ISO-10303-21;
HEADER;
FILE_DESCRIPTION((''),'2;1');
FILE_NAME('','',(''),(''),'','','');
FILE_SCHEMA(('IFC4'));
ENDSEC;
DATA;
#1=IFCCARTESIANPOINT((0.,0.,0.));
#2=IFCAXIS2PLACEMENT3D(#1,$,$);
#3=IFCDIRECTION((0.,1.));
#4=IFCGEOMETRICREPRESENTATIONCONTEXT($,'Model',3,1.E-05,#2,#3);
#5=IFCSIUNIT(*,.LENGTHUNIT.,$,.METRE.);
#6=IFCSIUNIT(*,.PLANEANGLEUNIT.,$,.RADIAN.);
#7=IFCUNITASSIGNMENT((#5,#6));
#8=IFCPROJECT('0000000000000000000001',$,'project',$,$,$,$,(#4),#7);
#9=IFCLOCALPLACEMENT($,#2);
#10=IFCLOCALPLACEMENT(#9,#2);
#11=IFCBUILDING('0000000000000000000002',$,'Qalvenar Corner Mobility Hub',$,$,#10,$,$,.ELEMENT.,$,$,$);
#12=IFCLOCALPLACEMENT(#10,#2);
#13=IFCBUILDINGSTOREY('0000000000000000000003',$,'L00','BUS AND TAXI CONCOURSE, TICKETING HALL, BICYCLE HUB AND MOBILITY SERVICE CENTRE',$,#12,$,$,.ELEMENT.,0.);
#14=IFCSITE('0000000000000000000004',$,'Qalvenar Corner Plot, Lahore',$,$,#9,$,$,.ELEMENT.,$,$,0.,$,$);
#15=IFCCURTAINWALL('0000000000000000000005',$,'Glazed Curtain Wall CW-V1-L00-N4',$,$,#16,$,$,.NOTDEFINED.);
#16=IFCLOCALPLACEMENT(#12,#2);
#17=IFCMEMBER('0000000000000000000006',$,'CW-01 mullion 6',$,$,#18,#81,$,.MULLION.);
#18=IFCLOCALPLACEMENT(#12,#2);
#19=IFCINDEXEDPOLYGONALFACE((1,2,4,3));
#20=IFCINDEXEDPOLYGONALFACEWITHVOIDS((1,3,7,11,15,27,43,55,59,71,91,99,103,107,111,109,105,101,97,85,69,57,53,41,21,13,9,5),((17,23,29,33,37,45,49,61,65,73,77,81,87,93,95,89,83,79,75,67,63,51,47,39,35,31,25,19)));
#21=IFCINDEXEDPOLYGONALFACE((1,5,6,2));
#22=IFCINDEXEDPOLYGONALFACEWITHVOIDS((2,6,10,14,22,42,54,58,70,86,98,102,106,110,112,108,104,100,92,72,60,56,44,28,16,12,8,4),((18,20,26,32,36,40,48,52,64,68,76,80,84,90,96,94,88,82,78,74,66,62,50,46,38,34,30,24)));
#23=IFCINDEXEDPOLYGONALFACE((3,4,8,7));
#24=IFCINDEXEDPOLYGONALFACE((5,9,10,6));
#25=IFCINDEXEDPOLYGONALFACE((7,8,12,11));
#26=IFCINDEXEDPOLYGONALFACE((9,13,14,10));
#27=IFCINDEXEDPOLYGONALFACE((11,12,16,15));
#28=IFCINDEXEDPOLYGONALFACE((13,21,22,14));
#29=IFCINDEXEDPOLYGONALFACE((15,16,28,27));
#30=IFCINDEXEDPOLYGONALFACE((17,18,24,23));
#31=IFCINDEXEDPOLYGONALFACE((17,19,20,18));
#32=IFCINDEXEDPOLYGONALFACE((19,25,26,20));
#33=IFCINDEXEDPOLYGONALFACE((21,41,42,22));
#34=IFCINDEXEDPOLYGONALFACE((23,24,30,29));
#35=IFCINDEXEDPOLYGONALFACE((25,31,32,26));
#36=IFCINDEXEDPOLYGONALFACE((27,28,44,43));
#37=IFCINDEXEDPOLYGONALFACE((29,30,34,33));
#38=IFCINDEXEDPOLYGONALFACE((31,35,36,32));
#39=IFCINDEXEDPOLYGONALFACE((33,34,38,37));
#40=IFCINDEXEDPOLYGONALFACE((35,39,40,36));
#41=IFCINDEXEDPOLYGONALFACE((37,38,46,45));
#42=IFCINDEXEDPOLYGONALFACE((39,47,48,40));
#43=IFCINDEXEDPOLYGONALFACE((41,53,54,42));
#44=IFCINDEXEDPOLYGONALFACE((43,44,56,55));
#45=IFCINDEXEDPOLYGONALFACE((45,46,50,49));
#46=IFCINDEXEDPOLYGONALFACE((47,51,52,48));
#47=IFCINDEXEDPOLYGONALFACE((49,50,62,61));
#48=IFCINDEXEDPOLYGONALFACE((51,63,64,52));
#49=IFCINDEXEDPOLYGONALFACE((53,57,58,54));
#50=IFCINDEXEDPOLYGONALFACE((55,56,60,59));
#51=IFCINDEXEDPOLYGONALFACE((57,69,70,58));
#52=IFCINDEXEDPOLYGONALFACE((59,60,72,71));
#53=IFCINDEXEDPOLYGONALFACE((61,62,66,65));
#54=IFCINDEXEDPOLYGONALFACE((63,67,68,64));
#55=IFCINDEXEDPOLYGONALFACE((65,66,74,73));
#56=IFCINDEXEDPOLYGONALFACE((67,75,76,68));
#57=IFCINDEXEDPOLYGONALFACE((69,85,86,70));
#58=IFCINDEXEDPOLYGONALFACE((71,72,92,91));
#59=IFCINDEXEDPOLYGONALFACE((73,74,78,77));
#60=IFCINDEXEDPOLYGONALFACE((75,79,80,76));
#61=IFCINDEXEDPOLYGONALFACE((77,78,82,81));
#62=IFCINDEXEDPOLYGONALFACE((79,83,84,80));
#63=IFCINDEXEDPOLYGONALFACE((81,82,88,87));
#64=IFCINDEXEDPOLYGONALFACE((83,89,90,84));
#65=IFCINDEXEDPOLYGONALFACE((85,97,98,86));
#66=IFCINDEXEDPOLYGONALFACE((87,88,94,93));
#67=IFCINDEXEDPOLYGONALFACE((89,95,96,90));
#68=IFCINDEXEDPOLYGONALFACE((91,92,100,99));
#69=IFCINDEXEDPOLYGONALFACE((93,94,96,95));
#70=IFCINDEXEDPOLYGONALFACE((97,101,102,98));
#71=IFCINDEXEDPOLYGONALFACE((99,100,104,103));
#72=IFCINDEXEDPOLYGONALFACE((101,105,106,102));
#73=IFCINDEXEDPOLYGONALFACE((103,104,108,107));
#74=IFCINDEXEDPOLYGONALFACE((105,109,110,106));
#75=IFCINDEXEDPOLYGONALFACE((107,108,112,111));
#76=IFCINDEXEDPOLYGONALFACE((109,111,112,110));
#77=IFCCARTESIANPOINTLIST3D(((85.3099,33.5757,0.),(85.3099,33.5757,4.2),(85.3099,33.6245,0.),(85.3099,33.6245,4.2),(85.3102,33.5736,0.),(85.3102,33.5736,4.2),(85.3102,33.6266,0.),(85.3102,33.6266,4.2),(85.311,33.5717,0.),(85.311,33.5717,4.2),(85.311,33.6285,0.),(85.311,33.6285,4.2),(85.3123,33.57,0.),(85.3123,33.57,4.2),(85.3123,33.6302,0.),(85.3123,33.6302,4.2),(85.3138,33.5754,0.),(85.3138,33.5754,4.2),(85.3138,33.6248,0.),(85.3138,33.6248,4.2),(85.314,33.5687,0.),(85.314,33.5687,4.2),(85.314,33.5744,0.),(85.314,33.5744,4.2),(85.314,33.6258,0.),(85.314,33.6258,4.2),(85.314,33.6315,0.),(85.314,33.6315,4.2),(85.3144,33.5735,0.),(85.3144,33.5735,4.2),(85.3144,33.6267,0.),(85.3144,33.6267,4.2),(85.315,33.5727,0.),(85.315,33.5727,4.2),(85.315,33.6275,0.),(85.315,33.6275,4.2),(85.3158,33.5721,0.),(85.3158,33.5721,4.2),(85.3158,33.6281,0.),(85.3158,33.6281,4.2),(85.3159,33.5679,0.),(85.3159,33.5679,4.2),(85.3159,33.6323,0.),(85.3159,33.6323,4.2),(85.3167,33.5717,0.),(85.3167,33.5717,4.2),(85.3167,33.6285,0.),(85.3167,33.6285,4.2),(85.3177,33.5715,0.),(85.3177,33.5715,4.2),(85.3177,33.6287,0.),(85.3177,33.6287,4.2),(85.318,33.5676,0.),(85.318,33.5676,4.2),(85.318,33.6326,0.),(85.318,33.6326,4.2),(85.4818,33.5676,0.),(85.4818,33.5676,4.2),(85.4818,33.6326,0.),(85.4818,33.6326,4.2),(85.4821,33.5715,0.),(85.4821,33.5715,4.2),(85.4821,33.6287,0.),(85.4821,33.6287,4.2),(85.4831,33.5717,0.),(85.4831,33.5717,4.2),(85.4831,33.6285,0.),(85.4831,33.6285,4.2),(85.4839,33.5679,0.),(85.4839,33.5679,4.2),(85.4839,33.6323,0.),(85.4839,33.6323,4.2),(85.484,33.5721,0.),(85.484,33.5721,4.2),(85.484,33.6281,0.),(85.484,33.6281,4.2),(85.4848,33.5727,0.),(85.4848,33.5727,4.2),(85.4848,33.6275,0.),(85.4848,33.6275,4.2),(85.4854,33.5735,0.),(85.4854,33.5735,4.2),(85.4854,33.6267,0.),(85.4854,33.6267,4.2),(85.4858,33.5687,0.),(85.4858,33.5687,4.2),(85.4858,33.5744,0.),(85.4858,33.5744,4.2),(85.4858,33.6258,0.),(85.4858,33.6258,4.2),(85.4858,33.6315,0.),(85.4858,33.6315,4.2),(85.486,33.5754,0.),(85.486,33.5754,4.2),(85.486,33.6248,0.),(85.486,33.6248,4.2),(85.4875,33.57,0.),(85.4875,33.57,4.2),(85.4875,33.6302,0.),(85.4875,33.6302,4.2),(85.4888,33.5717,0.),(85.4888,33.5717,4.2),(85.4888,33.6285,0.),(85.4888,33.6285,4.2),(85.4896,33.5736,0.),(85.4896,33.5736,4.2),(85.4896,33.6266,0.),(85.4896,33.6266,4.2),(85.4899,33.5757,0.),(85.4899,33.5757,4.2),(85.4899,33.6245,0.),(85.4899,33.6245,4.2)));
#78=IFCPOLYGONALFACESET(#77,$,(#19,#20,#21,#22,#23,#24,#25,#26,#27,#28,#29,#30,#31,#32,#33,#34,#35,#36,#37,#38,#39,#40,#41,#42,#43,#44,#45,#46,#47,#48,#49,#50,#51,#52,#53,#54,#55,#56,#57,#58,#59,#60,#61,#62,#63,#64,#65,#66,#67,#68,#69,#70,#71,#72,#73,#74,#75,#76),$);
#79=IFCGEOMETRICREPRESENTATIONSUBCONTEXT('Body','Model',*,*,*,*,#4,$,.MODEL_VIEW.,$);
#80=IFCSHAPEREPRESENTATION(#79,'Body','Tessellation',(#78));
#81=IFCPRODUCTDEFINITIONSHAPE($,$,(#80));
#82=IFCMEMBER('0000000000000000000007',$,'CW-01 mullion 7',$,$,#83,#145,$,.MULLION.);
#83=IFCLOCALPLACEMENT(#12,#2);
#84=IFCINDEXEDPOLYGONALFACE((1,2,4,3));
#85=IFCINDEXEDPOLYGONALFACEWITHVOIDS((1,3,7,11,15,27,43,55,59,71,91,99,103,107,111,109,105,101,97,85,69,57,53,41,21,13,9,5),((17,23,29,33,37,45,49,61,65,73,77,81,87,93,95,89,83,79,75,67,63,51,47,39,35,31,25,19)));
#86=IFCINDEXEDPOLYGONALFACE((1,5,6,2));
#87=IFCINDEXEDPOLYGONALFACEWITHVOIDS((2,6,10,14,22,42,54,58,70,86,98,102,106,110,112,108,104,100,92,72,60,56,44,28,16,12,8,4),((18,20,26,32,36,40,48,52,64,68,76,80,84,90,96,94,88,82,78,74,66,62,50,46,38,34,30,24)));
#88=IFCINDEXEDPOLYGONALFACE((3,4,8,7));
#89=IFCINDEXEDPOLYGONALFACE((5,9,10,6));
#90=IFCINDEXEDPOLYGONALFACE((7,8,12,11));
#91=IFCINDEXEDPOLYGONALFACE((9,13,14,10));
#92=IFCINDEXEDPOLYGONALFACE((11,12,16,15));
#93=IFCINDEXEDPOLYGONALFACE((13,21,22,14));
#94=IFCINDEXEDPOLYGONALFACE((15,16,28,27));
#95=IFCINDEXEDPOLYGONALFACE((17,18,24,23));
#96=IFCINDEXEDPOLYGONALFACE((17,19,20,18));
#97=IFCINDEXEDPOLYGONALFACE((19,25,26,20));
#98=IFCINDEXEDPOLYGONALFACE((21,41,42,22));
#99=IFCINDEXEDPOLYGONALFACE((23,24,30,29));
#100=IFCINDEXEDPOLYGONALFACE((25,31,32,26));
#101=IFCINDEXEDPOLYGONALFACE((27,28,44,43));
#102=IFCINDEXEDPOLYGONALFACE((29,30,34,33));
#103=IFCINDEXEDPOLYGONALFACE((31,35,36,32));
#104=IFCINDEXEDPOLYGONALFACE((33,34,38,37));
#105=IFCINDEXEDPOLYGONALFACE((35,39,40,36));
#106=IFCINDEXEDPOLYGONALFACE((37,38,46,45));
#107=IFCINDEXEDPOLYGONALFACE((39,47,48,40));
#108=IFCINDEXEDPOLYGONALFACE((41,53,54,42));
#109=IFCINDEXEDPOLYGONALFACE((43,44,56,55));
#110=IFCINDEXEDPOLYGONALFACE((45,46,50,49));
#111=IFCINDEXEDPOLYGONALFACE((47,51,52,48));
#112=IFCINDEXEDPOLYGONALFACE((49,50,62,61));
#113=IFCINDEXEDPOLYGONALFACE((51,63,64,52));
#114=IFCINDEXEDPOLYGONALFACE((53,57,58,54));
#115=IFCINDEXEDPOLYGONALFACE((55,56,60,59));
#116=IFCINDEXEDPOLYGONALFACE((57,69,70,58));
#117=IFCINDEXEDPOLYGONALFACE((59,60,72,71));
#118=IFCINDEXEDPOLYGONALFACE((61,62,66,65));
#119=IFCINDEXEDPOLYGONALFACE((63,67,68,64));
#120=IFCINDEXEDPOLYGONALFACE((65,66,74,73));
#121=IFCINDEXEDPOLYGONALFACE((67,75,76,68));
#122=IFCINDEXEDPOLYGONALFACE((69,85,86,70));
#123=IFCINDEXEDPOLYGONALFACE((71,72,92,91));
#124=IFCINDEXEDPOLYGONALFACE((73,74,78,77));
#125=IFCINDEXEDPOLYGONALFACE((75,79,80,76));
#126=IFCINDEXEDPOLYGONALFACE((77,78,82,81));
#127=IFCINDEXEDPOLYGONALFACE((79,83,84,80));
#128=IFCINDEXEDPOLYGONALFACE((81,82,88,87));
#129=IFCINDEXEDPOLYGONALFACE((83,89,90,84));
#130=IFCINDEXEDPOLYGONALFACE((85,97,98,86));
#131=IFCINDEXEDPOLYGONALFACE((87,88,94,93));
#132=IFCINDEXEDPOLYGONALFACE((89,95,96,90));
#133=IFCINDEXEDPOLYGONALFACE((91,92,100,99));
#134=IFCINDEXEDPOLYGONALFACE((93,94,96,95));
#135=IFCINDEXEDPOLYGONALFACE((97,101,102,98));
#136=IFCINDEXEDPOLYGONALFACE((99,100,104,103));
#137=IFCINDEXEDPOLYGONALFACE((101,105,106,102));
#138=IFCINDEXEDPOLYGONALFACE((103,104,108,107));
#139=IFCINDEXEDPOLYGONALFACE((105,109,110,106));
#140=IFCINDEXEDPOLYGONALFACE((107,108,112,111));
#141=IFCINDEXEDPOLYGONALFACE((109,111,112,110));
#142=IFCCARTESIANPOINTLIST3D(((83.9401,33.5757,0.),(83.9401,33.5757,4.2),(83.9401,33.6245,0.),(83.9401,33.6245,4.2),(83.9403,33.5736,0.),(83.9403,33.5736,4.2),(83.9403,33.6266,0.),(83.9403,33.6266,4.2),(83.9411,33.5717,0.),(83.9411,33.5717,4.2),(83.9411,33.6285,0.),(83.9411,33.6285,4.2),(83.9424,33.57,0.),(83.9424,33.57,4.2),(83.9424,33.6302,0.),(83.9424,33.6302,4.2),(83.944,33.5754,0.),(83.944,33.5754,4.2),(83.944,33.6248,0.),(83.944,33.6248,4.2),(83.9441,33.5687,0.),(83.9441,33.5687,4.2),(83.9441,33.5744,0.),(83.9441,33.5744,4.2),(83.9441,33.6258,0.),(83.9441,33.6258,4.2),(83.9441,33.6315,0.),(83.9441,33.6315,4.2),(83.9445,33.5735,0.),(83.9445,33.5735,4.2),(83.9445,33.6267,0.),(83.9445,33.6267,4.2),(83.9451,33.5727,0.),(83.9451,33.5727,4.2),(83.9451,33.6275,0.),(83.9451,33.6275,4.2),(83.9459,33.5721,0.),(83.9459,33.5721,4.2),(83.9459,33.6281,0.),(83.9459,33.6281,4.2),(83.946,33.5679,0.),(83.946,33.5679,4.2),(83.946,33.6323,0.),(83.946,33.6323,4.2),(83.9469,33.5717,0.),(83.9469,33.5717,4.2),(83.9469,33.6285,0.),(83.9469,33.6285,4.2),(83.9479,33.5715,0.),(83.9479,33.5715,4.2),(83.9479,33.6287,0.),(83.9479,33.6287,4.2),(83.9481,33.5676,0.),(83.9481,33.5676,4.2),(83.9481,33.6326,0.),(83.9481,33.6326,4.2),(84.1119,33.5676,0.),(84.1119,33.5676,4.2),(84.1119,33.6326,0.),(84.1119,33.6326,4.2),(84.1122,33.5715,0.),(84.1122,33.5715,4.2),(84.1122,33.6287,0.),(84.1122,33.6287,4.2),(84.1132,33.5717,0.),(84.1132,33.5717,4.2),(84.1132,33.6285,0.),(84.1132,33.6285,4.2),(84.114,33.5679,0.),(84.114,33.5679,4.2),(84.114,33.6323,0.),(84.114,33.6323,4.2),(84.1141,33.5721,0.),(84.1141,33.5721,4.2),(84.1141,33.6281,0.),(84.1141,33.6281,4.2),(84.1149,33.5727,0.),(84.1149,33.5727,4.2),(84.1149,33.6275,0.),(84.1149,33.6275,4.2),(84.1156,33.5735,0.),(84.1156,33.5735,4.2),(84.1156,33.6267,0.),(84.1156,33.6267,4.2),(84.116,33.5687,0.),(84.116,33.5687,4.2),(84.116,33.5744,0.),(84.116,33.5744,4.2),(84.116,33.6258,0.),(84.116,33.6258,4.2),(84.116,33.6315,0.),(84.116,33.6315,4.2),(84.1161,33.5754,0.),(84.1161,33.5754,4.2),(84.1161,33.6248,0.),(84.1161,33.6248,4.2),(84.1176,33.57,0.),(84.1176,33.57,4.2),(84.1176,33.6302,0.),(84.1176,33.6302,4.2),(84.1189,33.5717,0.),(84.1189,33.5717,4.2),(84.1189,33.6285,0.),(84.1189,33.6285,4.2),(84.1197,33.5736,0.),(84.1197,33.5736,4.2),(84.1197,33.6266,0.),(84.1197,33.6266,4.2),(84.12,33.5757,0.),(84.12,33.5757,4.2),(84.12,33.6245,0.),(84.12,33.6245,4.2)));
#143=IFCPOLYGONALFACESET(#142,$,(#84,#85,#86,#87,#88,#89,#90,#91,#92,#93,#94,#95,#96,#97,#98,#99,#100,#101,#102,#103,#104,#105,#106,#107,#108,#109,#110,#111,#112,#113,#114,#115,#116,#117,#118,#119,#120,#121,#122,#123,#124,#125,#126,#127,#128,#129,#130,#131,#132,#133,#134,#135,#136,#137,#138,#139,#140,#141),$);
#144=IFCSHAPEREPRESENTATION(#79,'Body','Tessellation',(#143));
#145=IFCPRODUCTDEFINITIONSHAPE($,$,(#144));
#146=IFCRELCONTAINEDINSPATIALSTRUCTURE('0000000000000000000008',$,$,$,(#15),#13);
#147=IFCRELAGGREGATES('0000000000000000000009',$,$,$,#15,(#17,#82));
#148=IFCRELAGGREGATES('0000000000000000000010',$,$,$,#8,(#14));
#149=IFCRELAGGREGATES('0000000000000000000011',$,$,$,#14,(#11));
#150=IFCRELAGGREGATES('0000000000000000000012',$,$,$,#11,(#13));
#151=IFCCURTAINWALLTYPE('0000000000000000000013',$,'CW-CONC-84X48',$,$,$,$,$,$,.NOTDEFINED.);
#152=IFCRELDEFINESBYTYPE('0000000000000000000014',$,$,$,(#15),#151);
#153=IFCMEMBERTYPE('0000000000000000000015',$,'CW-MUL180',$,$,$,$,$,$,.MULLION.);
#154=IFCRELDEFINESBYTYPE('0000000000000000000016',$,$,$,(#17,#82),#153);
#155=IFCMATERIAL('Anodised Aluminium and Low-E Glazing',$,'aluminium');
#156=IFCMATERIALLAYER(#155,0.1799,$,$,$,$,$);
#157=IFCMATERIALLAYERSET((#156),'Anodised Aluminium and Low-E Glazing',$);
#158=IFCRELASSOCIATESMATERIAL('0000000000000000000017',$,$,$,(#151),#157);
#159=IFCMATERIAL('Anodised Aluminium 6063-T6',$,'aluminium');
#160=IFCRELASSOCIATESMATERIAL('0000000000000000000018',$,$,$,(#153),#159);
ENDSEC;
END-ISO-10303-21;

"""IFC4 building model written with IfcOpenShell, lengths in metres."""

from ifc_helpers import new_model, si_unit, direction, frame, origin, origin_2d, place, context, subcontext, project, spatial, hollow_rectangle, extrude, material, layer, layer_set, material_profile, profile_set, type_object, element, aggregate, save


model = new_model("IFC4")

# Units and contexts
model_context = context("Model", 3, precision=1e-05, world=origin(), true_north=direction((0.0, 1.0)))
body_context = subcontext(model_context, "Body", "Model", "MODEL_VIEW")
ifc_project = project(units=[si_unit("LENGTHUNIT", "METRE"), si_unit("PLANEANGLEUNIT", "RADIAN")], contexts=[model_context])

# Site, building, storey
site_placement = place(None, origin())
site = spatial("IfcSite", under=ifc_project, at=site_placement, Name="Qalvenar Corner Plot, Lahore", CompositionType="ELEMENT", RefElevation=0.0)
building_placement = place(site_placement, origin())
building = spatial("IfcBuilding", under=site, at=building_placement, Name="Qalvenar Corner Mobility Hub", CompositionType="ELEMENT")
storey_placement = place(building_placement, origin())
storey = spatial("IfcBuildingStorey", under=building, at=storey_placement, Name="L00", Description="BUS AND TAXI CONCOURSE, TICKETING HALL, BICYCLE HUB AND MOBILITY SERVICE CENTRE", CompositionType="ELEMENT", Elevation=0.0)

# Curtain wall, members
ifc_material_1 = material(Name="Anodised Aluminium and Low-E Glazing", Category="aluminium")
ifc_layer_1 = layer(ifc_material_1, 0.1799)
ifc_layer_set_1 = layer_set([ifc_layer_1], Name="Anodised Aluminium and Low-E Glazing")
curtain_wall_type = type_object("IfcCurtainWallType", Name="CW-CONC-84X48", PredefinedType="NOTDEFINED", material=ifc_layer_set_1)
curtain_wall_placement = place(storey_placement, origin())
curtain_wall = element("IfcCurtainWall", 1, at=curtain_wall_placement, inside=storey, type_object=curtain_wall_type, Name="Glazed Curtain Wall CW-V1-L00-N4", PredefinedType="NOTDEFINED")
ifc_material_2 = material(Name="Anodised Aluminium 6063-T6", Category="aluminium")
ifc_material_profile_1 = material_profile(ifc_material_2, hollow_rectangle(XDim=0.0649, YDim=0.1799, WallThickness=0.0039, InnerFilletRadius=0.0039, OuterFilletRadius=0.0081, at=origin_2d()), Name="RHS180x65x4")
ifc_profile_set_1 = profile_set([ifc_material_profile_1], Name="Anodised Aluminium 6063-T6")
member_type_1 = type_object("IfcMemberType", Name="CW-MUL180", PredefinedType="MULLION", material=ifc_profile_set_1)
member_1_placement = place(storey_placement, frame((85.3999, 33.6001, 0.0), z_axis=(0.0, 0.0, 1.0), x_axis=(0.0, -1.0, 0.0)))
member_1 = element("IfcMember", 2, at=member_1_placement, type_object=member_type_1, Name="CW-01 mullion 6", PredefinedType="MULLION", context=body_context, shape_type="SweptSolid", body=[
    extrude(hollow_rectangle(XDim=0.0649, YDim=0.1799, WallThickness=0.0039, InnerFilletRadius=0.0039, OuterFilletRadius=0.0081, at=origin_2d()), origin(), (0.0, 0.0, 1.0), 4.2),
])
member_2_placement = place(storey_placement, frame((84.03, 33.6001, 0.0), z_axis=(0.0, 0.0, 1.0), x_axis=(0.0, -1.0, 0.0)))
member_2 = element("IfcMember", 3, at=member_2_placement, type_object=member_type_1, Name="CW-01 mullion 7", PredefinedType="MULLION", context=body_context, shape_type="SweptSolid", body=[
    extrude(hollow_rectangle(XDim=0.0649, YDim=0.1799, WallThickness=0.0039, InnerFilletRadius=0.0039, OuterFilletRadius=0.0081, at=origin_2d()), origin(), (0.0, 0.0, 1.0), 4.2),
])
aggregate(curtain_wall, [member_1, member_2])

save(model, "model.ifc")
